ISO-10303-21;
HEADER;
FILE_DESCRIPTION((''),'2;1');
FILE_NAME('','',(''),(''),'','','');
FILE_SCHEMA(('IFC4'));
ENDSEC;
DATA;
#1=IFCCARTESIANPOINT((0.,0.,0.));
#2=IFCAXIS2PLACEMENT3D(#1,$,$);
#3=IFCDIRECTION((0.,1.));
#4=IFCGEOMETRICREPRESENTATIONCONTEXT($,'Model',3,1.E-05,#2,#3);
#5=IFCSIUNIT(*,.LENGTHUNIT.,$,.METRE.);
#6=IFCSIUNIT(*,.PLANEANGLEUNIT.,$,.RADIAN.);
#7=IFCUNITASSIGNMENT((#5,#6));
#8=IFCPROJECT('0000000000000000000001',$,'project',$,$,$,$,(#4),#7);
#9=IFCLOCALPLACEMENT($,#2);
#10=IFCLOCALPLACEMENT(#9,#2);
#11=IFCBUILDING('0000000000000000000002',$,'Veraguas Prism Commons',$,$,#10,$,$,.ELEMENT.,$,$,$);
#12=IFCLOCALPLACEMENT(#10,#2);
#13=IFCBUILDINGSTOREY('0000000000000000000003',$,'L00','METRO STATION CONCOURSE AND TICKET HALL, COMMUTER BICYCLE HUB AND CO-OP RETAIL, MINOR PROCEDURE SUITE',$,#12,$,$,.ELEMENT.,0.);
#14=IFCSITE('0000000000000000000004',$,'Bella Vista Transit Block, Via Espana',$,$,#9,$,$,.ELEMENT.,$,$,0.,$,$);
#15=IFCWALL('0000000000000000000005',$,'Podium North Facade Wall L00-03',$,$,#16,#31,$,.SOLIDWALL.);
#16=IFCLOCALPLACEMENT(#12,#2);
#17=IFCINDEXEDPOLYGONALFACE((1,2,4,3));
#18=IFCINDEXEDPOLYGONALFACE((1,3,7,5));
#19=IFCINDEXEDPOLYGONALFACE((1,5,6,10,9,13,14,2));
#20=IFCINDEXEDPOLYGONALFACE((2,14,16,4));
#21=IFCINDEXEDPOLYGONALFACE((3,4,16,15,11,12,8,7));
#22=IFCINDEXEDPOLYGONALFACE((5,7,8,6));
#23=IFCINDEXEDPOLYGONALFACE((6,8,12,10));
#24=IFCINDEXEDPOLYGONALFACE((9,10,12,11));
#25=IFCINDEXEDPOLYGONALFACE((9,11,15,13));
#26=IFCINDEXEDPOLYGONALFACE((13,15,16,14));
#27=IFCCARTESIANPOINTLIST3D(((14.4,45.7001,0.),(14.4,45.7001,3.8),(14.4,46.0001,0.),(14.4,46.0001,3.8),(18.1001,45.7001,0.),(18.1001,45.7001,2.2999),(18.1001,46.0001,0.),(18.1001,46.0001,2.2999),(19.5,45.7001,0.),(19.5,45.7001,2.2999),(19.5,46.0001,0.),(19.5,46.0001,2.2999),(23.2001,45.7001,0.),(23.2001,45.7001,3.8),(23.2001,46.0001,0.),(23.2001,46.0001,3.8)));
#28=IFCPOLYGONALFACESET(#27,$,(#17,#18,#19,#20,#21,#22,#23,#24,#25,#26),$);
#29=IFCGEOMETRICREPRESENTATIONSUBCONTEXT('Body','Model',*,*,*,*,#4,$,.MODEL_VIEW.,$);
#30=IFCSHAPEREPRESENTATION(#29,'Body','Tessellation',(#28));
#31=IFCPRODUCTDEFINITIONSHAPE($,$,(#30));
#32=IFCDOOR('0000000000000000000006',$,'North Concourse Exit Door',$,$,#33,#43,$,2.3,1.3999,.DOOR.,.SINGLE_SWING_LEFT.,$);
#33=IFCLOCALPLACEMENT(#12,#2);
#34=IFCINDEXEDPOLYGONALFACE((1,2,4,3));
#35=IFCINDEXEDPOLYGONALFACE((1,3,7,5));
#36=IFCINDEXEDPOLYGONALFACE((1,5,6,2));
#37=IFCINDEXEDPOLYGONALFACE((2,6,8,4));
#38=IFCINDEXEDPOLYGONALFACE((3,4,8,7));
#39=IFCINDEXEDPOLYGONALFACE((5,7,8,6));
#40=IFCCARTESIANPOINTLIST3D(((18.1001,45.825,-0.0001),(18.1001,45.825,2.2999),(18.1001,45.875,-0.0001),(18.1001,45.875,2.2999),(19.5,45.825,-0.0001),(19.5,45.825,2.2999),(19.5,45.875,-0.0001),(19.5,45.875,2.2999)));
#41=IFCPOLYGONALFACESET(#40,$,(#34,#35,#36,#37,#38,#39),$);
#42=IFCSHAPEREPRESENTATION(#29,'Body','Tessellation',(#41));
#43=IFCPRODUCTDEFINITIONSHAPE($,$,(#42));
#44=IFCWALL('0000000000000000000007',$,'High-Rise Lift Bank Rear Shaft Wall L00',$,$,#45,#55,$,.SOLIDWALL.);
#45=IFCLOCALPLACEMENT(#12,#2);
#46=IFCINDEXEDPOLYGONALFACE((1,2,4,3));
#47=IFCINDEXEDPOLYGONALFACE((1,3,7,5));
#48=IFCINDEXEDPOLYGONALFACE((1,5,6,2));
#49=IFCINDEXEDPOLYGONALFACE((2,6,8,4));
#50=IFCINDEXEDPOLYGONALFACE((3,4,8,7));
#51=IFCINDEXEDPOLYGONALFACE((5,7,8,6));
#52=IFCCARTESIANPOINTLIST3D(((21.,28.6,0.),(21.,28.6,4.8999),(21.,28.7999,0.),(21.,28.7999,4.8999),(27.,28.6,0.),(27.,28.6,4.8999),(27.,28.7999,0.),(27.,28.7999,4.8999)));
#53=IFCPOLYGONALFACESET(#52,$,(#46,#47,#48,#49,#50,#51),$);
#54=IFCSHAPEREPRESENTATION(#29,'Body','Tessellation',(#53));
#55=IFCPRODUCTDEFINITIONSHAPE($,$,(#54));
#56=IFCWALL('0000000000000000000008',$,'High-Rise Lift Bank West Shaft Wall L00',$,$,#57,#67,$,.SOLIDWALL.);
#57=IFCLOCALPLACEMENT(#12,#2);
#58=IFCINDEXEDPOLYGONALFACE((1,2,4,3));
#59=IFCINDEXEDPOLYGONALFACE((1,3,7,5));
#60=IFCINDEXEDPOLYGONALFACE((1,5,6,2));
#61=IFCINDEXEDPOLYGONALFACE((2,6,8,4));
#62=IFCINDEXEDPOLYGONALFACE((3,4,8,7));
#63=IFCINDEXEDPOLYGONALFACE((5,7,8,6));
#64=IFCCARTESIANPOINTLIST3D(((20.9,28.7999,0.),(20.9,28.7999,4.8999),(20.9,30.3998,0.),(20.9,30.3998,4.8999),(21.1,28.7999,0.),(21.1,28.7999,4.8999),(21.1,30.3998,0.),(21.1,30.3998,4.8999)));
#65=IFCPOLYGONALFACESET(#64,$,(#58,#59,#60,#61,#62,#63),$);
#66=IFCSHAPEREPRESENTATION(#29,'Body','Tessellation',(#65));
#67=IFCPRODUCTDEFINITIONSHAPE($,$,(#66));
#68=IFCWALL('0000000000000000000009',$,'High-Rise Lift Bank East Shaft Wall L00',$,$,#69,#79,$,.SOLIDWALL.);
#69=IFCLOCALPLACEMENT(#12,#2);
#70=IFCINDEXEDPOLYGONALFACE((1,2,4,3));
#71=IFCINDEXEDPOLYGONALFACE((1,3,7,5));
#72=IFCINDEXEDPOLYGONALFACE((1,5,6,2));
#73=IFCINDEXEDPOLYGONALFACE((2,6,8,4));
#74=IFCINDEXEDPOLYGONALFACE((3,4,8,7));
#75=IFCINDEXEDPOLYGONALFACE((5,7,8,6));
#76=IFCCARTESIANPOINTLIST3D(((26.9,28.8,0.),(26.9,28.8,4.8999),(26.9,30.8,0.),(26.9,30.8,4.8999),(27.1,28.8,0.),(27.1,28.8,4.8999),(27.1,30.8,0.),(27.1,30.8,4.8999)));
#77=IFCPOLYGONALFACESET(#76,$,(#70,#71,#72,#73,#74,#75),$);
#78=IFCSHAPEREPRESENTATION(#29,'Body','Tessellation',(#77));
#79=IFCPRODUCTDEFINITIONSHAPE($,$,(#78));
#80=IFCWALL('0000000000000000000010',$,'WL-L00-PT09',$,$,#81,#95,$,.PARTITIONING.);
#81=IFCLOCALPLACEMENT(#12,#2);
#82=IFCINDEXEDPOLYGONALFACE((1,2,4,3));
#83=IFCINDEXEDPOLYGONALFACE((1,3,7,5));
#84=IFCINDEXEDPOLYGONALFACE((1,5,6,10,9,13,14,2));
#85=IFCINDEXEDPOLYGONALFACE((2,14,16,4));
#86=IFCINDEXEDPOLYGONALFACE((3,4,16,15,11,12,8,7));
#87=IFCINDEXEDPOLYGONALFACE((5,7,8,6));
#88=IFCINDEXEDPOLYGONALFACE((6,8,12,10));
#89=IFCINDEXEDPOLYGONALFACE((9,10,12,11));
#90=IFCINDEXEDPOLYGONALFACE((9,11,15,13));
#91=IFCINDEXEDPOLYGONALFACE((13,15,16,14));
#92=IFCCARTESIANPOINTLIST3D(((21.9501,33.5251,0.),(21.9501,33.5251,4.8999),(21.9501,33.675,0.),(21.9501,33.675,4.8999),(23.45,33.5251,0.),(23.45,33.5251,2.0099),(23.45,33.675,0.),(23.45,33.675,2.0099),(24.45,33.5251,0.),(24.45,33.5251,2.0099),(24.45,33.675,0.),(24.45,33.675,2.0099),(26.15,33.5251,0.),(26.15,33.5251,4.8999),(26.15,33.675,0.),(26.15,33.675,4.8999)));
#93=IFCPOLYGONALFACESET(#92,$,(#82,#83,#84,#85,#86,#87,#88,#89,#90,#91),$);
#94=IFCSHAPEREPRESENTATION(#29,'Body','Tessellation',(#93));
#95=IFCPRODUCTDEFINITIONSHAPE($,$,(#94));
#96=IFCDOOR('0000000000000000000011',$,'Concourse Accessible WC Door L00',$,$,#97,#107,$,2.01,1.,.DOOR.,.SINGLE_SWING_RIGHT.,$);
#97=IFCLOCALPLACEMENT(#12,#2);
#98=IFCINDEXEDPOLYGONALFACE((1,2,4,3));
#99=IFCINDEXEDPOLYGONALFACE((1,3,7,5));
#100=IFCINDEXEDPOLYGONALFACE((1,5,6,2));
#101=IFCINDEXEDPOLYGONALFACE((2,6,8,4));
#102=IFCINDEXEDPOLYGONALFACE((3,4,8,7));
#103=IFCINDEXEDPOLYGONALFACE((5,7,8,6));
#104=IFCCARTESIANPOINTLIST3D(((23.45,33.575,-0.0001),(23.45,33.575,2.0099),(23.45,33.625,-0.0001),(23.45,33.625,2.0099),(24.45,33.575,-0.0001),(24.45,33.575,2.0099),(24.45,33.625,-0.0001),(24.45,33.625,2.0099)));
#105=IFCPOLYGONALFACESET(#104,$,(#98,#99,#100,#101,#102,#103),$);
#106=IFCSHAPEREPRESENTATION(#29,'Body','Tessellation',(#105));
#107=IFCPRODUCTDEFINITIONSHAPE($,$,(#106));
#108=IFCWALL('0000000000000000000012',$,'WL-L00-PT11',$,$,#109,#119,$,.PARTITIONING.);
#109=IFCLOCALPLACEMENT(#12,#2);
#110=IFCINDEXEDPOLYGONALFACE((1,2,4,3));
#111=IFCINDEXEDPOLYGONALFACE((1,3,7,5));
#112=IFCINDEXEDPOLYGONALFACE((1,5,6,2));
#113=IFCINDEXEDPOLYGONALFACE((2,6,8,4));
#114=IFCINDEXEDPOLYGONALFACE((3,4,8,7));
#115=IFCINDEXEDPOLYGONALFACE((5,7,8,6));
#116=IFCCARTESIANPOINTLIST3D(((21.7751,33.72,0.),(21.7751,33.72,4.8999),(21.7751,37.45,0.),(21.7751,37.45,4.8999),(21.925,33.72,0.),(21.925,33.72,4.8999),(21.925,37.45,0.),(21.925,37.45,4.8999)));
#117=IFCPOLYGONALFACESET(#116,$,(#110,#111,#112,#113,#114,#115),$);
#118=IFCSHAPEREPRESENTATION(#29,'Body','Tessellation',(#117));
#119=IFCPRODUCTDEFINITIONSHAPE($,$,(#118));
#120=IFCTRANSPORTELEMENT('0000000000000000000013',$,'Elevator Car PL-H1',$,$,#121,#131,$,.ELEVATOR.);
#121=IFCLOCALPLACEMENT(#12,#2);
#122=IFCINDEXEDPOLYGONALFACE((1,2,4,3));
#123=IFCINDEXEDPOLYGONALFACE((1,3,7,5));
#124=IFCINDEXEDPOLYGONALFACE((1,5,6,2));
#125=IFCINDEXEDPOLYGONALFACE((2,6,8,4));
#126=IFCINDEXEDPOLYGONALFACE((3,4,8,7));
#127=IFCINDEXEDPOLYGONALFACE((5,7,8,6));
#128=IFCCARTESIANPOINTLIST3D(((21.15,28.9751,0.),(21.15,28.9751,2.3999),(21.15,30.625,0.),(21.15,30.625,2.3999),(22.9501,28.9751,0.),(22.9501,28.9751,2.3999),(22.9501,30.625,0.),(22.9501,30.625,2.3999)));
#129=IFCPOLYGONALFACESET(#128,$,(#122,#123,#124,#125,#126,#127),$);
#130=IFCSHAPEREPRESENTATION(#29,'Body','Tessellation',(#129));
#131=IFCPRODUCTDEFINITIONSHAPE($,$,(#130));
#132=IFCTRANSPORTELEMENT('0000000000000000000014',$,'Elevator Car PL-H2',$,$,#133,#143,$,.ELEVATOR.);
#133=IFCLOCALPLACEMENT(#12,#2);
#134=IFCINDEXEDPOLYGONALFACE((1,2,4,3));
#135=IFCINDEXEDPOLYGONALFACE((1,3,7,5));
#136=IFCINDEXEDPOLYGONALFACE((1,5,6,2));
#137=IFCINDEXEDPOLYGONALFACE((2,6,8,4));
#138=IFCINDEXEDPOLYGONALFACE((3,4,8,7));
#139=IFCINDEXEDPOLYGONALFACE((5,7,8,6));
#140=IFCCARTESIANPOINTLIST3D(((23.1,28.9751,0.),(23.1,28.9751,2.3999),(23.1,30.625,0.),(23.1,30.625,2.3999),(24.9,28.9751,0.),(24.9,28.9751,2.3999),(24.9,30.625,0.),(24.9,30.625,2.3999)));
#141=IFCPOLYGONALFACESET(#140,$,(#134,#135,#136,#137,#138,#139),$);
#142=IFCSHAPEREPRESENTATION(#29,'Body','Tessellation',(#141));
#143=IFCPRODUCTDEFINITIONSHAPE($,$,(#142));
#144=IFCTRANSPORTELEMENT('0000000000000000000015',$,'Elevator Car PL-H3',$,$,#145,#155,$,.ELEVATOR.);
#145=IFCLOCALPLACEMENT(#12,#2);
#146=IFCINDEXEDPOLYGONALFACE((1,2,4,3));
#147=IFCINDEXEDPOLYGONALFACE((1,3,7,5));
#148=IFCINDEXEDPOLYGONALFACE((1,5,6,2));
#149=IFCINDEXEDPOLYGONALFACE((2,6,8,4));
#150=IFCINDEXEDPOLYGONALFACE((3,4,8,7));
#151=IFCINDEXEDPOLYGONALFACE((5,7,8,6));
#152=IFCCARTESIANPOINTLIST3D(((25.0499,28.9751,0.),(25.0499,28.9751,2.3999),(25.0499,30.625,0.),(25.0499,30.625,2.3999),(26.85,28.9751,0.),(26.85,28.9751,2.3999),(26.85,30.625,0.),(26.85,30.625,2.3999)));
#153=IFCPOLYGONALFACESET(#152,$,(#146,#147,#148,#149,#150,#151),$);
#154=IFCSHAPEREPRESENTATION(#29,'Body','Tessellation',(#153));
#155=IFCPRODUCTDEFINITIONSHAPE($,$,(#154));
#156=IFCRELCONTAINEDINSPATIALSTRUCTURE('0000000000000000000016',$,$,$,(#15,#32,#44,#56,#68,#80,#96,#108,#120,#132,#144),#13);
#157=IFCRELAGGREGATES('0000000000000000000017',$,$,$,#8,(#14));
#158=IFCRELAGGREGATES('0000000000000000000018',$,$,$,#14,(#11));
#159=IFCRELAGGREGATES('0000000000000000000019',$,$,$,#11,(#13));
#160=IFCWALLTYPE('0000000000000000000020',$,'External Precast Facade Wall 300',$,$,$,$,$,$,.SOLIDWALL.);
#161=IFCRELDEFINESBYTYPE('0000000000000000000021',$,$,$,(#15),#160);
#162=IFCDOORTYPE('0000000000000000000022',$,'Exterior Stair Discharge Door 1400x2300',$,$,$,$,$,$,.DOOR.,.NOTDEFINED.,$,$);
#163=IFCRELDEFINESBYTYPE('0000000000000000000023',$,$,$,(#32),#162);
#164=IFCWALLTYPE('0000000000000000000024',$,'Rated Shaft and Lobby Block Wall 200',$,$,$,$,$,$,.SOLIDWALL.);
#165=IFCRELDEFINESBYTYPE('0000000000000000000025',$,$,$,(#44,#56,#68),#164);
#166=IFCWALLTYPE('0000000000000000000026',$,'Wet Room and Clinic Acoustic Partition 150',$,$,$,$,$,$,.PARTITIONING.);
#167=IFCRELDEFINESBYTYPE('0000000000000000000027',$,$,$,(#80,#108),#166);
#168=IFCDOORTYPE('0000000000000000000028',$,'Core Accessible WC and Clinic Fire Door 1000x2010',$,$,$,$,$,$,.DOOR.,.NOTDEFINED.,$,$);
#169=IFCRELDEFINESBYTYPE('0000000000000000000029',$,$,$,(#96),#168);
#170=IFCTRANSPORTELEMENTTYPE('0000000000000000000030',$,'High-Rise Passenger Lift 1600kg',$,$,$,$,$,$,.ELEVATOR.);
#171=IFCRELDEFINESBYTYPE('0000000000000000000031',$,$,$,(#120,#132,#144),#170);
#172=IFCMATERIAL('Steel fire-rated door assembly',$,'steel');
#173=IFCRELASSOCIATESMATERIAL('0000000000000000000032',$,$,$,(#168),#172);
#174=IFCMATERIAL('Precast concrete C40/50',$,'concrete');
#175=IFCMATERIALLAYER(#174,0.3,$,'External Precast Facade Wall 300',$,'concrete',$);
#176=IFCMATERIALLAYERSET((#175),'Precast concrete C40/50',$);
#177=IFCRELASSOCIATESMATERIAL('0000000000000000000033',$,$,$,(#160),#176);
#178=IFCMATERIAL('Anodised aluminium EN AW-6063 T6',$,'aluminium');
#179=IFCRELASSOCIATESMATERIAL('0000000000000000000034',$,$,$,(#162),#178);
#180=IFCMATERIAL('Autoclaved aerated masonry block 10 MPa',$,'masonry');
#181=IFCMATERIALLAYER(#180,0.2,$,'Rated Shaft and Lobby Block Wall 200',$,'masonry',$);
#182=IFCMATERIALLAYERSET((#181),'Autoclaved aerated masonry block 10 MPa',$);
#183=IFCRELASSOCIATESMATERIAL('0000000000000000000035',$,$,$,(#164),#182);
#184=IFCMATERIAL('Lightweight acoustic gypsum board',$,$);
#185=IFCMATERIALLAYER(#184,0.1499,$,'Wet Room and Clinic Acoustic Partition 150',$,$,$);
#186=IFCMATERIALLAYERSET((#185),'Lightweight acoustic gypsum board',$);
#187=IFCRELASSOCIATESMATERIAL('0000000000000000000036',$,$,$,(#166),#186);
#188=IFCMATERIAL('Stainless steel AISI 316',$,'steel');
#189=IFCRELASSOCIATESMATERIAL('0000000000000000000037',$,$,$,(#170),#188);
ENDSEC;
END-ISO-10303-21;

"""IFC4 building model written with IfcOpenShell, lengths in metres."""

from ifc_helpers import new_model, si_unit, direction, frame, frame_2d, origin, origin_2d, place, context, subcontext, project, spatial, rectangle, extrude, source, transform, mapped, material, layer, layer_set, type_object, element, fill, save


model = new_model("IFC4")

# Units and contexts
model_context = context("Model", 3, precision=1e-05, world=origin(), true_north=direction((0.0, 1.0)))
body_context = subcontext(model_context, "Body", "Model", "MODEL_VIEW")
ifc_project = project(units=[si_unit("LENGTHUNIT", "METRE"), si_unit("PLANEANGLEUNIT", "RADIAN")], contexts=[model_context])

# Site, building, storey
site_placement = place(None, origin())
site = spatial("IfcSite", under=ifc_project, at=site_placement, Name="Bella Vista Transit Block, Via Espana", CompositionType="ELEMENT", RefElevation=0.0)
building_placement = place(site_placement, origin())
building = spatial("IfcBuilding", under=site, at=building_placement, Name="Veraguas Prism Commons", CompositionType="ELEMENT")
storey_placement = place(building_placement, origin())
storey = spatial("IfcBuildingStorey", under=building, at=storey_placement, Name="L00", Description="METRO STATION CONCOURSE AND TICKET HALL, COMMUTER BICYCLE HUB AND CO-OP RETAIL, MINOR PROCEDURE SUITE", CompositionType="ELEMENT", Elevation=0.0)

# Shared definitions
ifc_material_1 = material(Name="Stainless steel AISI 316", Category="steel")

# Shared definitions
ifc_material_2 = material(Name="Autoclaved aerated masonry block 10 MPa", Category="masonry")
ifc_material_3 = material(Name="Steel fire-rated door assembly", Category="steel")
door_type_1 = type_object("IfcDoorType", Name="Core Accessible WC and Clinic Fire Door 1000x2010", OperationType="NOTDEFINED", PredefinedType="DOOR", material=ifc_material_3)
shared_shape_1 = source(origin(), body_context, "Body", "SweptSolid", [
    extrude(rectangle(XDim=1.0, YDim=2.01, at=frame_2d((0.5, 1.0049))), frame((0.0, 0.0249, 0.0), z_axis=(0.0, -1.0, 0.0), x_axis=(1.0, 0.0, 0.0)), (0.0, 0.0, 1.0), 0.05),
])

# Wall, opening, door
ifc_material_4 = material(Name="Precast concrete C40/50", Category="concrete")
ifc_layer_1 = layer(ifc_material_4, 0.3, Name="External Precast Facade Wall 300", Category="concrete")
ifc_layer_set_1 = layer_set([ifc_layer_1], Name="Precast concrete C40/50")
wall_type_1 = type_object("IfcWallType", Name="External Precast Facade Wall 300", PredefinedType="SOLIDWALL", material=ifc_layer_set_1)
wall_1_placement = place(storey_placement, frame((23.2, 45.8501, 0.0), z_axis=(0.0, 0.0, 1.0), x_axis=(-1.0, 0.0, 0.0)))
wall_1 = element("IfcWall", 1, at=wall_1_placement, inside=storey, type_object=wall_type_1, Name="Podium North Facade Wall L00-03", PredefinedType="SOLIDWALL", context=body_context, shape_type="SweptSolid", body=[
    extrude(rectangle(XDim=8.8, YDim=0.3, at=frame_2d((4.3999, 0.0))), origin(), (0.0, 0.0, 1.0), 3.8),
])
opening_1_placement = place(wall_1_placement, frame((3.7, 0.0, 0.0)))
opening_1 = element("IfcOpeningElement", 2, at=opening_1_placement, cuts=wall_1, PredefinedType="OPENING", context=body_context, shape_type="SweptSolid", body=[
    extrude(rectangle(XDim=1.3999, YDim=2.3, at=frame_2d((0.7, 1.1499))), frame((0.0, 0.1599, 0.0), z_axis=(0.0, -1.0, 0.0), x_axis=(1.0, 0.0, 0.0)), (0.0, 0.0, 1.0), 0.3201),
])
ifc_material_5 = material(Name="Anodised aluminium EN AW-6063 T6", Category="aluminium")
door_type_2 = type_object("IfcDoorType", Name="Exterior Stair Discharge Door 1400x2300", OperationType="NOTDEFINED", PredefinedType="DOOR", material=ifc_material_5)
shared_shape_2 = source(origin(), body_context, "Body", "SweptSolid", [
    extrude(rectangle(XDim=1.3999, YDim=2.3, at=frame_2d((0.7, 1.1499))), frame((0.0, 0.0249, 0.0), z_axis=(0.0, -1.0, 0.0), x_axis=(1.0, 0.0, 0.0)), (0.0, 0.0, 1.0), 0.05),
])
door_1_placement = place(opening_1_placement, frame((1.3999, 0.0, 0.0), z_axis=(0.0, 0.0, 1.0), x_axis=(-1.0, 0.0, 0.0)))
door_1 = element("IfcDoor", 3, at=door_1_placement, inside=storey, type_object=door_type_2, Name="North Concourse Exit Door", OperationType="SINGLE_SWING_LEFT", OverallHeight=2.3, OverallWidth=1.3999, PredefinedType="DOOR", context=body_context, shape_type="MappedRepresentation", body=[
    mapped(shared_shape_2, transform((0.0, 0.0, 0.0), scale=1.0)),
])
fill(opening_1, door_1)

# Walls
ifc_layer_2 = layer(ifc_material_2, 0.2, Name="Rated Shaft and Lobby Block Wall 200", Category="masonry")
ifc_layer_set_2 = layer_set([ifc_layer_2], Name="Autoclaved aerated masonry block 10 MPa")
wall_type_2 = type_object("IfcWallType", Name="Rated Shaft and Lobby Block Wall 200", PredefinedType="SOLIDWALL", material=ifc_layer_set_2)
wall_2_placement = place(storey_placement, frame((21.0, 28.7, 0.0), z_axis=(0.0, 0.0, 1.0), x_axis=(1.0, 0.0, 0.0)))
element("IfcWall", 4, at=wall_2_placement, inside=storey, type_object=wall_type_2, Name="High-Rise Lift Bank Rear Shaft Wall L00", PredefinedType="SOLIDWALL", context=body_context, shape_type="SweptSolid", body=[
    extrude(rectangle(XDim=6.0, YDim=0.2, at=frame_2d((3.0, 0.0))), origin(), (0.0, 0.0, 1.0), 4.8999),
])
wall_3_placement = place(storey_placement, frame((21.0, 28.8, 0.0), z_axis=(0.0, 0.0, 1.0), x_axis=(0.0, 1.0, 0.0)))
element("IfcWall", 5, at=wall_3_placement, inside=storey, type_object=wall_type_2, Name="High-Rise Lift Bank West Shaft Wall L00", PredefinedType="SOLIDWALL", context=body_context, shape_type="SweptSolid", body=[
    extrude(rectangle(XDim=1.5999, YDim=0.2, at=frame_2d((0.7998, 0.0))), origin(), (0.0, 0.0, 1.0), 4.8999),
])
wall_4_placement = place(storey_placement, frame((27.0, 28.8, 0.0), z_axis=(0.0, 0.0, 1.0), x_axis=(0.0, 1.0, 0.0)))
element("IfcWall", 6, at=wall_4_placement, inside=storey, type_object=wall_type_2, Name="High-Rise Lift Bank East Shaft Wall L00", PredefinedType="SOLIDWALL", context=body_context, shape_type="SweptSolid", body=[
    extrude(rectangle(XDim=2.0, YDim=0.2, at=frame_2d((1.0, 0.0))), origin(), (0.0, 0.0, 1.0), 4.8999),
])

# Wall, opening, door
ifc_material_6 = material(Name="Lightweight acoustic gypsum board")
ifc_layer_3 = layer(ifc_material_6, 0.1499, Name="Wet Room and Clinic Acoustic Partition 150")
ifc_layer_set_3 = layer_set([ifc_layer_3], Name="Lightweight acoustic gypsum board")
wall_type_3 = type_object("IfcWallType", Name="Wet Room and Clinic Acoustic Partition 150", PredefinedType="PARTITIONING", material=ifc_layer_set_3)
wall_5_placement = place(storey_placement, frame((21.95, 33.6001, 0.0), z_axis=(0.0, 0.0, 1.0), x_axis=(1.0, 0.0, 0.0)))
wall_5 = element("IfcWall", 7, at=wall_5_placement, inside=storey, type_object=wall_type_3, Name="WL-L00-PT09", PredefinedType="PARTITIONING", context=body_context, shape_type="SweptSolid", body=[
    extrude(rectangle(XDim=4.2, YDim=0.1499, at=frame_2d((2.1001, 0.0))), origin(), (0.0, 0.0, 1.0), 4.8999),
])
opening_2_placement = place(wall_5_placement, frame((1.5, 0.0, 0.0)))
opening_2 = element("IfcOpeningElement", 8, at=opening_2_placement, cuts=wall_5, PredefinedType="OPENING", context=body_context, shape_type="SweptSolid", body=[
    extrude(rectangle(XDim=1.0, YDim=2.01, at=frame_2d((0.5, 1.0049))), frame((0.0, 0.085, 0.0), z_axis=(0.0, -1.0, 0.0), x_axis=(1.0, 0.0, 0.0)), (0.0, 0.0, 1.0), 0.1699),
])
door_2_placement = place(opening_2_placement, origin())
door_2 = element("IfcDoor", 9, at=door_2_placement, inside=storey, type_object=door_type_1, Name="Concourse Accessible WC Door L00", OperationType="SINGLE_SWING_RIGHT", OverallHeight=2.01, OverallWidth=1.0, PredefinedType="DOOR", context=body_context, shape_type="MappedRepresentation", body=[
    mapped(shared_shape_1, transform((0.0, 0.0, 0.0), scale=1.0)),
])
fill(opening_2, door_2)

# Wall
wall_6_placement = place(storey_placement, frame((21.8501, 33.72, 0.0), z_axis=(0.0, 0.0, 1.0), x_axis=(0.0, 1.0, 0.0)))
element("IfcWall", 10, at=wall_6_placement, inside=storey, type_object=wall_type_3, Name="WL-L00-PT11", PredefinedType="PARTITIONING", context=body_context, shape_type="SweptSolid", body=[
    extrude(rectangle(XDim=3.73, YDim=0.1499, at=frame_2d((1.865, 0.0))), origin(), (0.0, 0.0, 1.0), 4.8999),
])

# Transport elements
transport_element_type = type_object("IfcTransportElementType", Name="High-Rise Passenger Lift 1600kg", PredefinedType="ELEVATOR", material=ifc_material_1)
shared_shape_3 = source(origin(), body_context, "Body", "SweptSolid", [
    extrude(rectangle(XDim=1.8, YDim=1.6499, at=origin_2d()), origin(), (0.0, 0.0, 1.0), 2.3999),
])
for number, where, z_axis, x_axis, name in (
    (11, (22.05, 29.8, 0.0), (0.0, 0.0, 1.0), (1.0, 0.0, 0.0), "Elevator Car PL-H1"),
    (12, (24.0, 29.8, 0.0), (0.0, 0.0, 1.0), (1.0, 0.0, 0.0), "Elevator Car PL-H2"),
    (13, (25.95, 29.8, 0.0), (0.0, 0.0, 1.0), (1.0, 0.0, 0.0), "Elevator Car PL-H3"),
):
    element("IfcTransportElement", number, at=place(storey_placement, frame(where, z_axis=z_axis, x_axis=x_axis)), inside=storey, type_object=transport_element_type, Name=name, PredefinedType="ELEVATOR", context=body_context, shape_type="MappedRepresentation", body=[
        mapped(shared_shape_3, transform((0.0, 0.0, 0.0), scale=1.0)),
    ])

save(model, "model.ifc")
